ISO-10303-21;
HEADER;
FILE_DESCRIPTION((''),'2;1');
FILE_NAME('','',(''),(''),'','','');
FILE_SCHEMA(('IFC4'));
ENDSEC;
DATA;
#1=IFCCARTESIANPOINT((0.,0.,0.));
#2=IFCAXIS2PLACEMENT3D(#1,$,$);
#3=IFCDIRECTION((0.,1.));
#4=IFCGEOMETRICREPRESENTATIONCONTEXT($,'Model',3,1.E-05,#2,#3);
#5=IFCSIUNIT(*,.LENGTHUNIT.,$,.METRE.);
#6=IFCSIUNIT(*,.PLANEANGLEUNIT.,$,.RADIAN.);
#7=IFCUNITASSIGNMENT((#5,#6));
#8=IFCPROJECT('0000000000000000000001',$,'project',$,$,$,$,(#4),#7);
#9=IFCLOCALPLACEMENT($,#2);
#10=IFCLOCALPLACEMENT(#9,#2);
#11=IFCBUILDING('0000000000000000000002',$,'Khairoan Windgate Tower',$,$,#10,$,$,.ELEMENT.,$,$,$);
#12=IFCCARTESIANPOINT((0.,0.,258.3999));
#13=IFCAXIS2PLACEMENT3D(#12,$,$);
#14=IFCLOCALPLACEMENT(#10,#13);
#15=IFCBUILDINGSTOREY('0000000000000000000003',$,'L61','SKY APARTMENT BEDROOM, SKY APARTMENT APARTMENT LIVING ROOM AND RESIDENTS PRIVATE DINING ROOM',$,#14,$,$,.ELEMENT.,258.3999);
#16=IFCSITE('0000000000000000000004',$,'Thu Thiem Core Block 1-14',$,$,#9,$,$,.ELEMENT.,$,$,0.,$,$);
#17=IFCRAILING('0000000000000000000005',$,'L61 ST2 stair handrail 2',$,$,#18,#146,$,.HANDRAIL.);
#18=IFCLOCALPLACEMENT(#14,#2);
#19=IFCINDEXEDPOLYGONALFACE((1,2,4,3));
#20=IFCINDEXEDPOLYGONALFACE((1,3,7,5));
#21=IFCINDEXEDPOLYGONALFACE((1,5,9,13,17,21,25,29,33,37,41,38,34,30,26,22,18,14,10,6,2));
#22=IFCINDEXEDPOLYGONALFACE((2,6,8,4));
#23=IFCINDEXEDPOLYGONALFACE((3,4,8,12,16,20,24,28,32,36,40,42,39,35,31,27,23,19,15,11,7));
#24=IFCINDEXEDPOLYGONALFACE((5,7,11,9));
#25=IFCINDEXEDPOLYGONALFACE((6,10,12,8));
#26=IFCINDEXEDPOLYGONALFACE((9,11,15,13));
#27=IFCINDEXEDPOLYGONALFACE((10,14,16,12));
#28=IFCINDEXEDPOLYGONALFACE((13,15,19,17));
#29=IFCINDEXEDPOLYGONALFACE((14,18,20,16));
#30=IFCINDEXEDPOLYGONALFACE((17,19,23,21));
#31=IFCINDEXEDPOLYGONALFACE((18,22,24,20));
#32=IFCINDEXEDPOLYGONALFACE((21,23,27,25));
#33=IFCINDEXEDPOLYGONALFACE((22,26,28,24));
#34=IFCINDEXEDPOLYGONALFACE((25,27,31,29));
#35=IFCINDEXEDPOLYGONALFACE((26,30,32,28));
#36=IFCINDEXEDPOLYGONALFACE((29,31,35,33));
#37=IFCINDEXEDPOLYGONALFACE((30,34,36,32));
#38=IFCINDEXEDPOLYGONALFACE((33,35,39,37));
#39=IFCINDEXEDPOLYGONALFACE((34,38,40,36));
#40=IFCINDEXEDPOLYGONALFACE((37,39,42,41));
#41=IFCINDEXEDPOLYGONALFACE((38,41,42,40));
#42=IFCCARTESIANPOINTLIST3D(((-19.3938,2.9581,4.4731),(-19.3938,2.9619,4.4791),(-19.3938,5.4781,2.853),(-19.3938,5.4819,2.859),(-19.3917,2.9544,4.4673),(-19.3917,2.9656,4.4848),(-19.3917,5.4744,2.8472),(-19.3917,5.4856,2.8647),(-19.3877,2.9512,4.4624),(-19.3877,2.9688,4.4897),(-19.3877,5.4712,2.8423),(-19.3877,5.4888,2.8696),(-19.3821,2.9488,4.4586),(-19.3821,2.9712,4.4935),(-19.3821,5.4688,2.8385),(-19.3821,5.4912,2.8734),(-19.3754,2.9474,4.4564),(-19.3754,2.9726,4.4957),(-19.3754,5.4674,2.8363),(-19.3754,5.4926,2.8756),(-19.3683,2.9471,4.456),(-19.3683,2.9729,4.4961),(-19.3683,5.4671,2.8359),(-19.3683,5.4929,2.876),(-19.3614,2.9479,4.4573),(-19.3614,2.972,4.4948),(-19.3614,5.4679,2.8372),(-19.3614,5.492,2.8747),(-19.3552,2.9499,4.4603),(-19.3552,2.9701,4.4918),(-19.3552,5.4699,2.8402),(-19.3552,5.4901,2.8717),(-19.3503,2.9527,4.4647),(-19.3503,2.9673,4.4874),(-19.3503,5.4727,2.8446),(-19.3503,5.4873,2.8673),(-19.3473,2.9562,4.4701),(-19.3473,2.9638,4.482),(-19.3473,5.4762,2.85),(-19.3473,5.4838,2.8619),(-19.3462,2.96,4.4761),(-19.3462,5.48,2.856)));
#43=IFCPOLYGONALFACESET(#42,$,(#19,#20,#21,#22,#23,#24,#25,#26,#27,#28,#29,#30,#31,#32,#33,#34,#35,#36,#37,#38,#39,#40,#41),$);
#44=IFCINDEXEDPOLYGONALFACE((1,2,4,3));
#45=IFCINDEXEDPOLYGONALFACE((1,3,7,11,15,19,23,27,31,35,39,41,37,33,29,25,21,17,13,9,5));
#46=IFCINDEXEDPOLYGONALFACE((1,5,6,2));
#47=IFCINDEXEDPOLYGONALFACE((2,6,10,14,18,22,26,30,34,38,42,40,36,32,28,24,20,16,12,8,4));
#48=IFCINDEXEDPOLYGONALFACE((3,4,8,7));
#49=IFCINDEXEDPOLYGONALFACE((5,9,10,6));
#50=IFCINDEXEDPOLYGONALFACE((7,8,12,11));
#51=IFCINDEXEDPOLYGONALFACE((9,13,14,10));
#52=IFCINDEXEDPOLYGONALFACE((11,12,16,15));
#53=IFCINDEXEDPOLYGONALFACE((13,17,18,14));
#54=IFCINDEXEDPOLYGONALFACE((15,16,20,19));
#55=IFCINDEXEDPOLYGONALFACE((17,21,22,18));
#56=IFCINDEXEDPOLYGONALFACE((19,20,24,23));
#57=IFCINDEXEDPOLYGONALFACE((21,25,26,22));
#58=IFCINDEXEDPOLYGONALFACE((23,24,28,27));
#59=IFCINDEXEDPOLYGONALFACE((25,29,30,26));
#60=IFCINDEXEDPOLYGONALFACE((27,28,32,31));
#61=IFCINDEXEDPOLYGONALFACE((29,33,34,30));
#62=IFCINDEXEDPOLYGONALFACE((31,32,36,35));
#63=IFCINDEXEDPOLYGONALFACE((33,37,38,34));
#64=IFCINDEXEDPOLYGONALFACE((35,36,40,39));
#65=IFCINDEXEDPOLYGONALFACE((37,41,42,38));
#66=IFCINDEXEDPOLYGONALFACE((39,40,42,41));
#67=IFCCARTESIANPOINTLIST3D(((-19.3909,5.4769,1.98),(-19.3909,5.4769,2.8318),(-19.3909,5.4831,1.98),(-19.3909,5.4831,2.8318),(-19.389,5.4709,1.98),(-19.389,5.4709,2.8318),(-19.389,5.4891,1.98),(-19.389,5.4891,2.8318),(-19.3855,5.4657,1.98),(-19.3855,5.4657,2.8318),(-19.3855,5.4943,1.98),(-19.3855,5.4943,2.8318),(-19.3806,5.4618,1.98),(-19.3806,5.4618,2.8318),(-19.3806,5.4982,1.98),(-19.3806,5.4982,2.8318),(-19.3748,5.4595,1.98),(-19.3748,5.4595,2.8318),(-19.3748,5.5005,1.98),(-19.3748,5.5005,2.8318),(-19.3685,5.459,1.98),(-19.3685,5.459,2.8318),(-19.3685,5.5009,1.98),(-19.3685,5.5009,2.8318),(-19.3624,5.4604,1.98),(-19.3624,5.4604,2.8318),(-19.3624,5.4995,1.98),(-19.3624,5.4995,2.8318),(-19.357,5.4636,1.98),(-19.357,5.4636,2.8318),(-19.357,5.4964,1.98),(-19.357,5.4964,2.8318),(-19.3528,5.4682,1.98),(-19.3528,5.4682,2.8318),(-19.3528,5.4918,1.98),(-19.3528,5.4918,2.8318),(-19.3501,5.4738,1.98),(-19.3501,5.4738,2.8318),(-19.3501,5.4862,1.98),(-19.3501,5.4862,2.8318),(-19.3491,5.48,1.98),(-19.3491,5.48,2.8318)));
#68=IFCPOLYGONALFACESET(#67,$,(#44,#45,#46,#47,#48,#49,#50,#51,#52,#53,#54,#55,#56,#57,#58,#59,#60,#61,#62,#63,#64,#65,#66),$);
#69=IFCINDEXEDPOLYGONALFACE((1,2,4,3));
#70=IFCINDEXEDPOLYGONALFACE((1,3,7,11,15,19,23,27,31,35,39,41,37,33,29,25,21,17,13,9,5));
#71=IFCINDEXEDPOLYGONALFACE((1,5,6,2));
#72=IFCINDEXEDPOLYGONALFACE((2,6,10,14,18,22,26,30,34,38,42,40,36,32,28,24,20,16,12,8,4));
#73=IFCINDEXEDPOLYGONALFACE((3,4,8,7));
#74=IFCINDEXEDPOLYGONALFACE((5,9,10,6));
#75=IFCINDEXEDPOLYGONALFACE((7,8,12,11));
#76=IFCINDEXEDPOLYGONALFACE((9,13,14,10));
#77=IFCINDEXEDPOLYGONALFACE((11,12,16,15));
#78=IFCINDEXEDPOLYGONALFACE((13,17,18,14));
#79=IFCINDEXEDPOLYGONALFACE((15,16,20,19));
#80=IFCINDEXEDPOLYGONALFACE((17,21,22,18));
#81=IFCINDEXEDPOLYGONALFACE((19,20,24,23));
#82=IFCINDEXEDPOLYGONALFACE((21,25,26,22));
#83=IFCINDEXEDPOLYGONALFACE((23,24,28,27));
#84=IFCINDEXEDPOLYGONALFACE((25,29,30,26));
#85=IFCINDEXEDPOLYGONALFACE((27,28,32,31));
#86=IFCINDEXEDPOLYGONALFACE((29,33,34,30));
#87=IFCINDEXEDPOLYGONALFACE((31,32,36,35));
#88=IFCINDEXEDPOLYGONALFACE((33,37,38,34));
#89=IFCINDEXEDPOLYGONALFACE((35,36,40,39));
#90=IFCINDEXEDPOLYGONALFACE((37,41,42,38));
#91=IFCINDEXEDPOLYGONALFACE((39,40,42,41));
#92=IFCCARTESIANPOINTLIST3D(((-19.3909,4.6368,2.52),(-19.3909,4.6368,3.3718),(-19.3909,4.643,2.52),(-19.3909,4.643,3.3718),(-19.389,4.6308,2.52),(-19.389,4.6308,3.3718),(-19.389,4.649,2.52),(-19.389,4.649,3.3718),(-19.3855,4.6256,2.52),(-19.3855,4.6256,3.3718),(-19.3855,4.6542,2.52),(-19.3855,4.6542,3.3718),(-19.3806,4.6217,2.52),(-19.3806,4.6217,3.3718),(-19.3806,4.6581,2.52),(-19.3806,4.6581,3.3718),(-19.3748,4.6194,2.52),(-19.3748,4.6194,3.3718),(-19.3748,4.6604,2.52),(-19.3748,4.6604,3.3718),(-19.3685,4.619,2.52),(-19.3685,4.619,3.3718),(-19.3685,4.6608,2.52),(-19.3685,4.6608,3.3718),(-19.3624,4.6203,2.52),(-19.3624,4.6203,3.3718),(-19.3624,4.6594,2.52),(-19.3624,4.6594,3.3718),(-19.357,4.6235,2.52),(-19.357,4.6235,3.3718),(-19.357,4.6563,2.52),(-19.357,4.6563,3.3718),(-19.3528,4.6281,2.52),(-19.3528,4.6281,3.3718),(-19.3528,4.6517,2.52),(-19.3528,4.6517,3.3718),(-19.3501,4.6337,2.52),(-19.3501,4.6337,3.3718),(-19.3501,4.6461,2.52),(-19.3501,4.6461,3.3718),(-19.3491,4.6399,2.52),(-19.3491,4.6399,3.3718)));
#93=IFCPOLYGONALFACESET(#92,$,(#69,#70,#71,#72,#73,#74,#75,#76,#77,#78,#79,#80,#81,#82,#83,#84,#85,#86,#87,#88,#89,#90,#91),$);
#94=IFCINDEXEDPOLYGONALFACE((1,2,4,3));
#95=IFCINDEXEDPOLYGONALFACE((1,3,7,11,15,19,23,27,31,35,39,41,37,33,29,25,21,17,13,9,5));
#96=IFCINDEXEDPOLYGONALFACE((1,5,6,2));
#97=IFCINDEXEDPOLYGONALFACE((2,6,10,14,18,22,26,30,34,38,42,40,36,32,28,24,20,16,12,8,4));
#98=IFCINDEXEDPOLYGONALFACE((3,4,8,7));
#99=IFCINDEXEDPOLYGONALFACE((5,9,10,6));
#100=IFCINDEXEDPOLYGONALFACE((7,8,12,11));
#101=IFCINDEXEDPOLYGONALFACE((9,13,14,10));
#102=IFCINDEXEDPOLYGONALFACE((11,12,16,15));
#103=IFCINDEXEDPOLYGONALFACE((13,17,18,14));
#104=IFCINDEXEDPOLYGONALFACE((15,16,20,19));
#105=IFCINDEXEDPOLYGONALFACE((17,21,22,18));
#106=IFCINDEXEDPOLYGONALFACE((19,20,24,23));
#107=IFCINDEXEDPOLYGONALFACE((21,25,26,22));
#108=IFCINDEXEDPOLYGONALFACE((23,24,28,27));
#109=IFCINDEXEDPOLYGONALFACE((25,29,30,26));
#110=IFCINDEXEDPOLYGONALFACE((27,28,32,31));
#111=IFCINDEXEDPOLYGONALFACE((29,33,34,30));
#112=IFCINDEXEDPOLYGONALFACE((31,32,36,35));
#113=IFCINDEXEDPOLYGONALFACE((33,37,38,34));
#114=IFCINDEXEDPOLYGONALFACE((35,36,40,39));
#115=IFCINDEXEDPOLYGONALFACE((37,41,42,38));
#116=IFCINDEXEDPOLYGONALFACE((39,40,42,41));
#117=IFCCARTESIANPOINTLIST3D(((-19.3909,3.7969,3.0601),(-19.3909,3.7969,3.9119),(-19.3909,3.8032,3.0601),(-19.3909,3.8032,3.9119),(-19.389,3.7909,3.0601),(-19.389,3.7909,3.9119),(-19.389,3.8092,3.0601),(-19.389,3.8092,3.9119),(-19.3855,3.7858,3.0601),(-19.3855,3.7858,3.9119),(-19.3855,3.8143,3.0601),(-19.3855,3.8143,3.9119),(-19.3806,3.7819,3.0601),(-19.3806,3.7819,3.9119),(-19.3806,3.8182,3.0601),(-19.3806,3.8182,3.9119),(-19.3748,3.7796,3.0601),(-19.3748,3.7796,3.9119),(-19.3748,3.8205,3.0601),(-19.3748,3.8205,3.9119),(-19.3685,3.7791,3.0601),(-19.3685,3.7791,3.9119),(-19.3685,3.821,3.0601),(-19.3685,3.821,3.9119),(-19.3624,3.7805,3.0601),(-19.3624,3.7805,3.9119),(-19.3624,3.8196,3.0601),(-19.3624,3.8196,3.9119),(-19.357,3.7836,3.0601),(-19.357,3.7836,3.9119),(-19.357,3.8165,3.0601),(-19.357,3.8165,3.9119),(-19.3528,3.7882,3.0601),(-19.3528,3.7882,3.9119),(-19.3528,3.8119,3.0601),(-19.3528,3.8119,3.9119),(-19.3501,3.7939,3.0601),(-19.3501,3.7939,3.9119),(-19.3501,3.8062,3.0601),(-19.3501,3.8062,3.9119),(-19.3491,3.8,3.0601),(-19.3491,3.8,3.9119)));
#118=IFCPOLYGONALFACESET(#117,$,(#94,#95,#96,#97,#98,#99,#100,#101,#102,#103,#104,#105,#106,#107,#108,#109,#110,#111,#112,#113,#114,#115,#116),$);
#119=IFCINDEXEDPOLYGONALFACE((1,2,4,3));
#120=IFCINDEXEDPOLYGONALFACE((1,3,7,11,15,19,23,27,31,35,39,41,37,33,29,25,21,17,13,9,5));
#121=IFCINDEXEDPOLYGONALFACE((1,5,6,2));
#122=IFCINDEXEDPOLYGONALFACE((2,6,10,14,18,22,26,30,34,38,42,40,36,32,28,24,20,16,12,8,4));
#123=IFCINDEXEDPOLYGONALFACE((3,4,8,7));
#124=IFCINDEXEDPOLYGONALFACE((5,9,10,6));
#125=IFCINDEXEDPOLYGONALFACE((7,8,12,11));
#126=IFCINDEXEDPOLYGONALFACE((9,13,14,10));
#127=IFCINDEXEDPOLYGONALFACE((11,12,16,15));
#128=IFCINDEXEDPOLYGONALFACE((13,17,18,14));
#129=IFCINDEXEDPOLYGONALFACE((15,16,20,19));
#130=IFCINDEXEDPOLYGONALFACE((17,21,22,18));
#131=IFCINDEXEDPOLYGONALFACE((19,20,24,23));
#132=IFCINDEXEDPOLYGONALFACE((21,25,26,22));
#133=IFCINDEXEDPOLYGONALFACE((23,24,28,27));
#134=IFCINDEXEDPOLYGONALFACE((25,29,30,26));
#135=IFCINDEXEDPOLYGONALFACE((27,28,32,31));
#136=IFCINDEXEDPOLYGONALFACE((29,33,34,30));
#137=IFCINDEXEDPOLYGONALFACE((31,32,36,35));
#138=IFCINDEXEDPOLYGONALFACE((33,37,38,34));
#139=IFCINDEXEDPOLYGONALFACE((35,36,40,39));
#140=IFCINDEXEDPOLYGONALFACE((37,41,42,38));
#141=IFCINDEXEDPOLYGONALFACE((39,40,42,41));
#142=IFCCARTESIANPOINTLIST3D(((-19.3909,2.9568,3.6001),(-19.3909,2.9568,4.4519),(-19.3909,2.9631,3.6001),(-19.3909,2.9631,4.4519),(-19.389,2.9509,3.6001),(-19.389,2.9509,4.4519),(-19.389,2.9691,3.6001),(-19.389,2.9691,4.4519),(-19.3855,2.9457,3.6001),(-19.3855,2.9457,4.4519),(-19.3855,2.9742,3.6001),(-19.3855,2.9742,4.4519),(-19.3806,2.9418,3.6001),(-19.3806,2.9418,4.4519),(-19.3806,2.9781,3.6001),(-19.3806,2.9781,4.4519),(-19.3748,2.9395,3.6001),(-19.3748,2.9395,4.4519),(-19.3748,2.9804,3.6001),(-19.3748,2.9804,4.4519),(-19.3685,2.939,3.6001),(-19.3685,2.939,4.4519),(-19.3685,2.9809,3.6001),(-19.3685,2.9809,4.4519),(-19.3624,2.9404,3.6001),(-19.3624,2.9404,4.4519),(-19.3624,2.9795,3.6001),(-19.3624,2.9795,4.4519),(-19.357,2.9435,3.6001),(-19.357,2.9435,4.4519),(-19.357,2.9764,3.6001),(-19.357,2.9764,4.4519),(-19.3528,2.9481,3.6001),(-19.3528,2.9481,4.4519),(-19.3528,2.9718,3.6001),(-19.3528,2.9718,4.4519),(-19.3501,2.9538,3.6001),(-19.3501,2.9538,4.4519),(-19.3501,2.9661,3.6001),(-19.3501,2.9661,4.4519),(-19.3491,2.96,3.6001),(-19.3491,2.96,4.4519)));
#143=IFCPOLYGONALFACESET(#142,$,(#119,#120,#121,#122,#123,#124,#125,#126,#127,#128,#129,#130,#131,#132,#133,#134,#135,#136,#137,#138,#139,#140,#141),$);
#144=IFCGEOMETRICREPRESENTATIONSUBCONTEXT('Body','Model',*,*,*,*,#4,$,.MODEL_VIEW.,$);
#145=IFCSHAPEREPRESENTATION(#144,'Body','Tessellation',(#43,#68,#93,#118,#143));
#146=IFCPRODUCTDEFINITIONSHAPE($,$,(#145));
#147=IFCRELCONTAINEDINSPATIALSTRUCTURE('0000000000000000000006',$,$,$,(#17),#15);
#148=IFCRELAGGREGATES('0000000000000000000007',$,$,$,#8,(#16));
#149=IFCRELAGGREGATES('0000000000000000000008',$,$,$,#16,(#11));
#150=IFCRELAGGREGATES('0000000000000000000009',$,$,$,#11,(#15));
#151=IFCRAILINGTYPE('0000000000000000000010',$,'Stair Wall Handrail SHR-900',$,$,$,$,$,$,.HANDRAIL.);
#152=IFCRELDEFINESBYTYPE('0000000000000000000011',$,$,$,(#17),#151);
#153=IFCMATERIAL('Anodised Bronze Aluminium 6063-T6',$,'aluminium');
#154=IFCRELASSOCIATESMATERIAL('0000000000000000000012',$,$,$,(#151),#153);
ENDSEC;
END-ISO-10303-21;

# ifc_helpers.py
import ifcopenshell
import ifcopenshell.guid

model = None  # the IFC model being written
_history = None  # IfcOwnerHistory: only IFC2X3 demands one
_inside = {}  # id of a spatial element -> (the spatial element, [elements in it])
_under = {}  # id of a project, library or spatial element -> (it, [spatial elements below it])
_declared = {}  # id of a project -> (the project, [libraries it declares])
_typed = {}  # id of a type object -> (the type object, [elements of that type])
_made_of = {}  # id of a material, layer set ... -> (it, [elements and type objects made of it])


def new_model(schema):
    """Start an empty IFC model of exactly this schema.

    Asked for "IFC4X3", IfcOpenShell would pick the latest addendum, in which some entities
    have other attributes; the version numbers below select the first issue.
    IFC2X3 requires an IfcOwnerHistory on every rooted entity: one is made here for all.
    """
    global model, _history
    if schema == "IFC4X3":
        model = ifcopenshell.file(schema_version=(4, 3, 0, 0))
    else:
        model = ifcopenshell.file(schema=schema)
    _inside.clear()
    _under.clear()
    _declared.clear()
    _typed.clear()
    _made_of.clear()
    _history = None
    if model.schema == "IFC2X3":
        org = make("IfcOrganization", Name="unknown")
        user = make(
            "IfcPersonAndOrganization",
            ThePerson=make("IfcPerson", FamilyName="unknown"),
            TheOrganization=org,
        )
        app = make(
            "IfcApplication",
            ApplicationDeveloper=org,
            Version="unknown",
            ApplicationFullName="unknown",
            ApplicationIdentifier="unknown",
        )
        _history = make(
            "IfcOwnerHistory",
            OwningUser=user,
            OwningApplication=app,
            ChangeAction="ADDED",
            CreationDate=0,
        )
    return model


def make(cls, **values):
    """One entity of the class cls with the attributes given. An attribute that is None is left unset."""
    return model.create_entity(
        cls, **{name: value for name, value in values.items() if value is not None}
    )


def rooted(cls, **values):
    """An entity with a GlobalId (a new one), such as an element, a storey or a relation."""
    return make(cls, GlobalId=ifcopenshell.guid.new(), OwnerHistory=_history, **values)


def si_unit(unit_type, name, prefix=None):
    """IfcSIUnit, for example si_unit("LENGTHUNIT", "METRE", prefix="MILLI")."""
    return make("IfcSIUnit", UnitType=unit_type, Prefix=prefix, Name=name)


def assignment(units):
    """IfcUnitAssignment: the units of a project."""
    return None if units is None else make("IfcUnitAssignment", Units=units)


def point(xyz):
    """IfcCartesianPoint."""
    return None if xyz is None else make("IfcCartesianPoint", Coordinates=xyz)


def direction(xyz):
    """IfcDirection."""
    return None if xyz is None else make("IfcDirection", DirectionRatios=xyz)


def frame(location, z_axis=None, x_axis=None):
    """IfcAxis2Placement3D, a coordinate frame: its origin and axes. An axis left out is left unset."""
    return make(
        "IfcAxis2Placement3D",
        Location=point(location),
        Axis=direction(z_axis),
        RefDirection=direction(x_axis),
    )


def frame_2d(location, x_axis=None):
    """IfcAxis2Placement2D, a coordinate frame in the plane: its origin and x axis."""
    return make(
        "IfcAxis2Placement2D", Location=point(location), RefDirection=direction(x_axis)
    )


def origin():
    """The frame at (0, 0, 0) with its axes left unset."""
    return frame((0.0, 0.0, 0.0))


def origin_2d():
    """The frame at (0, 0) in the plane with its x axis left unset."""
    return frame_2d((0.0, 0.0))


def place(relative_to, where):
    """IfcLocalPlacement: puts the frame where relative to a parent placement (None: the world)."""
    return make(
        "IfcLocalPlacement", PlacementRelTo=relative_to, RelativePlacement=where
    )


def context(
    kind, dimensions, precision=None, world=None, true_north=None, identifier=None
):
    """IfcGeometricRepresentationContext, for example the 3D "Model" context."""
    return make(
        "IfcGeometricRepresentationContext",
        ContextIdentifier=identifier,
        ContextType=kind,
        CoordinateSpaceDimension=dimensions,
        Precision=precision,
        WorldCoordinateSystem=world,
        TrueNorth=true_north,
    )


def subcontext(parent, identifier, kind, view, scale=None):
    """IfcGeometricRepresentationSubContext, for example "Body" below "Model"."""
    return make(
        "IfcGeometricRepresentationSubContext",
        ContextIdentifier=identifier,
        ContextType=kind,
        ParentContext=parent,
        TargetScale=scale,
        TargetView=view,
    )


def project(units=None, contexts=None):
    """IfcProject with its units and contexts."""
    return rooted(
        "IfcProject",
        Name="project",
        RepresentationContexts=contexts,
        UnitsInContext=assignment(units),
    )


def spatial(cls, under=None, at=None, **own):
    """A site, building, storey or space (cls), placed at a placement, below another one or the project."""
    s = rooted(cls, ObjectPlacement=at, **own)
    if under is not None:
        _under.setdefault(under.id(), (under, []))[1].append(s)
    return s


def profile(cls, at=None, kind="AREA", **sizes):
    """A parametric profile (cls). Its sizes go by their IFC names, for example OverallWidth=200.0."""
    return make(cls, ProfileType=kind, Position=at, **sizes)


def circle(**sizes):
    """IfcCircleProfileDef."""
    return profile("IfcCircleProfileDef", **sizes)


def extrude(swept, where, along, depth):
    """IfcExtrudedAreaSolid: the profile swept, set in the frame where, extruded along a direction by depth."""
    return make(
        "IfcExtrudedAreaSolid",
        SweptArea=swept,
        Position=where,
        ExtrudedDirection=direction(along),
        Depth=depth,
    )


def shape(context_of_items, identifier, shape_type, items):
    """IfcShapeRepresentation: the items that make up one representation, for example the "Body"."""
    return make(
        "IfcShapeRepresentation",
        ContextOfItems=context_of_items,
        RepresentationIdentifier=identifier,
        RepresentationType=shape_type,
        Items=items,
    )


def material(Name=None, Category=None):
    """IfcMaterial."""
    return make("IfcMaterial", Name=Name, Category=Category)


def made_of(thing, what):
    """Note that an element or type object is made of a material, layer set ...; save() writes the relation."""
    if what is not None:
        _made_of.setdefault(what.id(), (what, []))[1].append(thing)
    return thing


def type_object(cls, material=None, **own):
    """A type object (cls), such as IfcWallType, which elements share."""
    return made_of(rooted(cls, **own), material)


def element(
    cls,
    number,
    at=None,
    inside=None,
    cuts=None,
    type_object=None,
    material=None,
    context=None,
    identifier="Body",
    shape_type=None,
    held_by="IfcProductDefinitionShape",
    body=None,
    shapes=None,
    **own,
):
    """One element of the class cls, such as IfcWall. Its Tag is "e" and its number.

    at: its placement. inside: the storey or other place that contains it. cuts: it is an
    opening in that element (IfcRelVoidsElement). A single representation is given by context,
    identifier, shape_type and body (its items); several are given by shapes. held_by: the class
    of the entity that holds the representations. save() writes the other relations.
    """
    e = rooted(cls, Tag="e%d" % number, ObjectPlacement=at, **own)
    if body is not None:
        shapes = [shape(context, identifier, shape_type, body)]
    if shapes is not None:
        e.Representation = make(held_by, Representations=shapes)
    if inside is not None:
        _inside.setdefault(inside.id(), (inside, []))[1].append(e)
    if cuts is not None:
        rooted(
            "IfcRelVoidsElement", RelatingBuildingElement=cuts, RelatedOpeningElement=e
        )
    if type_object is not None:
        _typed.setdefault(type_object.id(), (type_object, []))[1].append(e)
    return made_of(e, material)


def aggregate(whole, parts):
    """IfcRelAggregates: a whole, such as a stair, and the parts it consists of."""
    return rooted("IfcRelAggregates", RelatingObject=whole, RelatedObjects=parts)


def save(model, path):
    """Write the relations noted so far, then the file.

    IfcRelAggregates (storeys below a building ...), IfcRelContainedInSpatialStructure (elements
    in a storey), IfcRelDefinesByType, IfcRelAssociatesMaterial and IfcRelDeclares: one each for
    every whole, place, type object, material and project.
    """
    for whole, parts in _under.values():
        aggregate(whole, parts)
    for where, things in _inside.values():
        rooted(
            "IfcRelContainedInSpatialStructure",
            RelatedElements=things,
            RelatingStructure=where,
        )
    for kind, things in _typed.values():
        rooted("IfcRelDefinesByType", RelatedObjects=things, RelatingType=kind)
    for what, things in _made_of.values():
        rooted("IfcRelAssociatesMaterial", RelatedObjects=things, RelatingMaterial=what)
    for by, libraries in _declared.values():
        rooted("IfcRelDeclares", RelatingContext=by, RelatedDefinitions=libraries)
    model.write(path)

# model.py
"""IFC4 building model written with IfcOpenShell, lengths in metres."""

from ifc_helpers import new_model, si_unit, direction, frame, origin, origin_2d, place, context, subcontext, project, spatial, circle, extrude, material, type_object, element, save


model = new_model("IFC4")

# Units and contexts
model_context = context("Model", 3, precision=1e-05, world=origin(), true_north=direction((0.0, 1.0)))
body_context = subcontext(model_context, "Body", "Model", "MODEL_VIEW")
ifc_project = project(units=[si_unit("LENGTHUNIT", "METRE"), si_unit("PLANEANGLEUNIT", "RADIAN")], contexts=[model_context])

# Site, building, storey
site_placement = place(None, origin())
site = spatial("IfcSite", under=ifc_project, at=site_placement, Name="Thu Thiem Core Block 1-14", CompositionType="ELEMENT", RefElevation=0.0)
building_placement = place(site_placement, origin())
building = spatial("IfcBuilding", under=site, at=building_placement, Name="Khairoan Windgate Tower", CompositionType="ELEMENT")
storey_placement = place(building_placement, frame((0.0, 0.0, 258.3999)))
storey = spatial("IfcBuildingStorey", under=building, at=storey_placement, Name="L61", Description="SKY APARTMENT BEDROOM, SKY APARTMENT APARTMENT LIVING ROOM AND RESIDENTS PRIVATE DINING ROOM", CompositionType="ELEMENT", Elevation=258.3999)

# Railing
ifc_material_1 = material(Name="Anodised Bronze Aluminium 6063-T6", Category="aluminium")
railing_type_1 = type_object("IfcRailingType", Name="Stair Wall Handrail SHR-900", PredefinedType="HANDRAIL", material=ifc_material_1)
railing_1_placement = place(storey_placement, frame((-19.3701, 5.48, 1.98)))
element("IfcRailing", 1, at=railing_1_placement, inside=storey, type_object=railing_type_1, Name="L61 ST2 stair handrail 2", PredefinedType="HANDRAIL", context=body_context, shape_type="SweptSolid", body=[
    extrude(circle(Radius=0.0239, at=origin_2d()), frame((0.0, 0.0, 0.876), z_axis=(0.0, -0.841163, 0.540782), x_axis=(1.0, 0.0, 0.0)), (0.0, 0.0, 1.0), 2.9958),
    extrude(circle(Radius=0.021, at=origin_2d()), origin(), (0.0, 0.0, 1.0), 0.8518),
    extrude(circle(Radius=0.021, at=origin_2d()), frame((0.0, -0.8401, 0.54)), (0.0, 0.0, 1.0), 0.8518),
    extrude(circle(Radius=0.021, at=origin_2d()), frame((0.0, -1.6799, 1.0801)), (0.0, 0.0, 1.0), 0.8518),
    extrude(circle(Radius=0.021, at=origin_2d()), frame((0.0, -2.52, 1.6201)), (0.0, 0.0, 1.0), 0.8518),
])

save(model, "model.ifc")
